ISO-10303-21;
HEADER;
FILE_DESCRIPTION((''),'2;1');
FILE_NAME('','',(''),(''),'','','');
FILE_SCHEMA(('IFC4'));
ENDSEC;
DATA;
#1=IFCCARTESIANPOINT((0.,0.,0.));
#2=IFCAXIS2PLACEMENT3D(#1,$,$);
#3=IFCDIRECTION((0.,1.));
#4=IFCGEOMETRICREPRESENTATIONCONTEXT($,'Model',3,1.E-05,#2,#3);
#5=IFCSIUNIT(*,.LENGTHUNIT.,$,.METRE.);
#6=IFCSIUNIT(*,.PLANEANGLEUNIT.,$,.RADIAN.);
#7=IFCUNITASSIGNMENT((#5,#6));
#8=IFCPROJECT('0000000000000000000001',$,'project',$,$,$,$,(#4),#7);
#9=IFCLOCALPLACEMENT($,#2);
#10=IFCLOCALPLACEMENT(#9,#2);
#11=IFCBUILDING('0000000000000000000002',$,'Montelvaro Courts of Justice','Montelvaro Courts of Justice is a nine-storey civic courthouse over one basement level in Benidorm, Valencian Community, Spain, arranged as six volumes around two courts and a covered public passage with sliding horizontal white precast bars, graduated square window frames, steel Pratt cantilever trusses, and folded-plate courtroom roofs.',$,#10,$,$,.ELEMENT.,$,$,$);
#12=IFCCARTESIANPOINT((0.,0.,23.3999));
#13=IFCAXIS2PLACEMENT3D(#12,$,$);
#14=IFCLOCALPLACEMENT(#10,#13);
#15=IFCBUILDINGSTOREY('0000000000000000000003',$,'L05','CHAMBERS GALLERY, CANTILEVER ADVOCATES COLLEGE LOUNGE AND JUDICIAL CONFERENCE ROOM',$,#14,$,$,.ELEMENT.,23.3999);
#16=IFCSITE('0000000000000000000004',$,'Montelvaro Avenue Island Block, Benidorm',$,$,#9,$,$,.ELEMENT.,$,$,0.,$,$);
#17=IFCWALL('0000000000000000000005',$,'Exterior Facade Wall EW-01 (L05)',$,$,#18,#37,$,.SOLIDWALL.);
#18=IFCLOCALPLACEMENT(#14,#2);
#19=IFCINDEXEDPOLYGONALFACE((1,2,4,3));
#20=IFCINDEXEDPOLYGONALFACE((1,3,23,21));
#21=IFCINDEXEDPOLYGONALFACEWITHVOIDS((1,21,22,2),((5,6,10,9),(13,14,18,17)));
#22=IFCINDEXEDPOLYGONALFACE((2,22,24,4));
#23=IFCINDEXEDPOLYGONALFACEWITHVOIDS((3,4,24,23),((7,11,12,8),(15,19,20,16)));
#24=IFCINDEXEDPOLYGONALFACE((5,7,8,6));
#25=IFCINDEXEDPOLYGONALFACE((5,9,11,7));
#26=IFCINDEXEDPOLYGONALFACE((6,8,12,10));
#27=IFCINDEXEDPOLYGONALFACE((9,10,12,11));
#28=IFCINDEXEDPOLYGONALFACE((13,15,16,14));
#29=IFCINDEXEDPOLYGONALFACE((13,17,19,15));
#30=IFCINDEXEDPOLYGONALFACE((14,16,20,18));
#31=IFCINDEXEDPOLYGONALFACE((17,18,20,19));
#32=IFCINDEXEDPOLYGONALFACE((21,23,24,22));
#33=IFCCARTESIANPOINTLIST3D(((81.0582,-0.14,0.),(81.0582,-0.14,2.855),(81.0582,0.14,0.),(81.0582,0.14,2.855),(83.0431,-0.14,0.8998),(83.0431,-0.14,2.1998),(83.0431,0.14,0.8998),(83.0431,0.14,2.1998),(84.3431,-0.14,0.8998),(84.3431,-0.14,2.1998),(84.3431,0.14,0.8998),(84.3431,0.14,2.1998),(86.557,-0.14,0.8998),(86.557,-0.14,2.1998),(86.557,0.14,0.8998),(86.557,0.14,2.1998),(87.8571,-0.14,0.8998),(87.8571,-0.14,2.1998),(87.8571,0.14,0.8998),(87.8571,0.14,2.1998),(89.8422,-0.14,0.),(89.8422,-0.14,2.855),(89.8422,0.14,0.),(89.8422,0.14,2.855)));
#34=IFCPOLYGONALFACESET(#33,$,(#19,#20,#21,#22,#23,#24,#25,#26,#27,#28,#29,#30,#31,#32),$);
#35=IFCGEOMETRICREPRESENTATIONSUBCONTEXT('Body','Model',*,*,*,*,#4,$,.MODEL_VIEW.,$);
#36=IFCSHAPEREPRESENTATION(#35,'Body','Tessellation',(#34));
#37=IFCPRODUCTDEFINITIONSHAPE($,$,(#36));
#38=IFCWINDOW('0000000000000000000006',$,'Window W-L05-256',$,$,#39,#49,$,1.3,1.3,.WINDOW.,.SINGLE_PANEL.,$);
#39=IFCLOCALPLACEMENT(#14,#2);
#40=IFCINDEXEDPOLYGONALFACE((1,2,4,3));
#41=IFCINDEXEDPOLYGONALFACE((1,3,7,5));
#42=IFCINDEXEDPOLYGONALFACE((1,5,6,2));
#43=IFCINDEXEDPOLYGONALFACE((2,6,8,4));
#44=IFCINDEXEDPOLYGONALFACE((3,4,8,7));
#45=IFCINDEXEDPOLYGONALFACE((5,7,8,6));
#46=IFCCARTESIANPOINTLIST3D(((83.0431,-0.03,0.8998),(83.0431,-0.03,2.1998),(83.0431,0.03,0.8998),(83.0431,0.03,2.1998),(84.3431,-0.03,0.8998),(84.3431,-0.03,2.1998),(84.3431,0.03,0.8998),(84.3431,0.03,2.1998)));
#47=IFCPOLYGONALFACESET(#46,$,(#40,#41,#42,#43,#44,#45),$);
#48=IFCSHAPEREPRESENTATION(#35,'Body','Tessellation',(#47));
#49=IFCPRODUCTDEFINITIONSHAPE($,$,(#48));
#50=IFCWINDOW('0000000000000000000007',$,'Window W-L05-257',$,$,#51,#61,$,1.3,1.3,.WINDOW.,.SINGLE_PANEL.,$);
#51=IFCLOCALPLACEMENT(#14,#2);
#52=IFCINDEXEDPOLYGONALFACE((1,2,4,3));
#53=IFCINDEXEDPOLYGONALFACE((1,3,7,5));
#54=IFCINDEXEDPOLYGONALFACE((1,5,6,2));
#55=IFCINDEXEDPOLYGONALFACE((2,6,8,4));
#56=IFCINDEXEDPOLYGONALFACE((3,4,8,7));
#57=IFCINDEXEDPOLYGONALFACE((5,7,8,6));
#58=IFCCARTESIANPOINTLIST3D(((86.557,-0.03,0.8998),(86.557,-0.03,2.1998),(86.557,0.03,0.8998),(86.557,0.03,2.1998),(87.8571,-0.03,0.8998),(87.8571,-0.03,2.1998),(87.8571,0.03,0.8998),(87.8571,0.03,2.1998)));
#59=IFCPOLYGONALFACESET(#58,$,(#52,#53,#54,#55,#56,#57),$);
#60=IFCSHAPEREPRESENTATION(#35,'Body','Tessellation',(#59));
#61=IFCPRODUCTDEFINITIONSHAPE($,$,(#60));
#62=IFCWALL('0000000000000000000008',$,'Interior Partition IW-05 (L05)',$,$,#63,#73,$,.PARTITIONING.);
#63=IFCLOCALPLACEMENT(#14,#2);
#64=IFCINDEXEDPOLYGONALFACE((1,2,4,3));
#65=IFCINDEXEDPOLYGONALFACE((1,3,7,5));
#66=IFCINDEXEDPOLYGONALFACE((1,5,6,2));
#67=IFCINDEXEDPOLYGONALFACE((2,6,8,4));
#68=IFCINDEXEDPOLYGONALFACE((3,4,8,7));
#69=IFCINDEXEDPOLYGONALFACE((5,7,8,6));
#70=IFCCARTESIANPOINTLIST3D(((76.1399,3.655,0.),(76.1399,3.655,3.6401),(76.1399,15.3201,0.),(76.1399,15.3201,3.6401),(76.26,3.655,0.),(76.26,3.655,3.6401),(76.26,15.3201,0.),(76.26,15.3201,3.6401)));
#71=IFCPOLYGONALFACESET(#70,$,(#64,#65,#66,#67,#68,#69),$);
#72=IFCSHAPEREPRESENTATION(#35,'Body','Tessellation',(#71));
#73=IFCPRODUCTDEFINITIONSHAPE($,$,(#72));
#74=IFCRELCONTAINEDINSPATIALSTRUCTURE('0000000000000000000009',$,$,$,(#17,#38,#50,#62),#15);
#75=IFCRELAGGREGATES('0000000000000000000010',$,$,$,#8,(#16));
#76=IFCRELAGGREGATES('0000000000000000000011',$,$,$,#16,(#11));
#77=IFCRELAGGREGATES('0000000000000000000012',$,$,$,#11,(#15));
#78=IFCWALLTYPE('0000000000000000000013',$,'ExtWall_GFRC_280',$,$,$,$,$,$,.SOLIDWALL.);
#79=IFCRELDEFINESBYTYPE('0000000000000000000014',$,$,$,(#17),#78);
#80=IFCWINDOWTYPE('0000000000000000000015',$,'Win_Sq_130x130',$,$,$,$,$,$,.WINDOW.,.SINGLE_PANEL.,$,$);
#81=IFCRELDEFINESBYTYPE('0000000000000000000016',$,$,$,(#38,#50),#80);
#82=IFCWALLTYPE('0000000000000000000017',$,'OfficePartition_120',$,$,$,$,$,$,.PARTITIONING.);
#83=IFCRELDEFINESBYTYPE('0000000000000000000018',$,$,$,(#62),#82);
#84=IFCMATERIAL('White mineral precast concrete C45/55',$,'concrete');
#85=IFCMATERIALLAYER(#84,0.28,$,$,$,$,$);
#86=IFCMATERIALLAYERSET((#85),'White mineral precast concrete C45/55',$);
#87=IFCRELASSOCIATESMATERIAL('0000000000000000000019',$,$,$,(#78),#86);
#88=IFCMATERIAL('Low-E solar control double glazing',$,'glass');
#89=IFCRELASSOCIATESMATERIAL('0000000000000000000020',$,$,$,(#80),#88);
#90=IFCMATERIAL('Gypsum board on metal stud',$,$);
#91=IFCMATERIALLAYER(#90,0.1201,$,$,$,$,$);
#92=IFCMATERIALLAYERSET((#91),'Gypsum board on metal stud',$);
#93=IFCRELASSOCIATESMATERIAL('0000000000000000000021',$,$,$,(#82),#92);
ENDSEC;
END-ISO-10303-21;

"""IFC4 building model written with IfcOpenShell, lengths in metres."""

from ifc_helpers import new_model, si_unit, direction, frame, frame_2d, origin, place, context, subcontext, project, spatial, rectangle, extrude, material, layer, layer_set, type_object, element, fill, save


model = new_model("IFC4")

# Units and contexts
model_context = context("Model", 3, precision=1e-05, world=origin(), true_north=direction((0.0, 1.0)))
body_context = subcontext(model_context, "Body", "Model", "MODEL_VIEW")
ifc_project = project(units=[si_unit("LENGTHUNIT", "METRE"), si_unit("PLANEANGLEUNIT", "RADIAN")], contexts=[model_context])

# Site, building, storey
site_placement = place(None, origin())
site = spatial("IfcSite", under=ifc_project, at=site_placement, Name="Montelvaro Avenue Island Block, Benidorm", CompositionType="ELEMENT", RefElevation=0.0)
building_placement = place(site_placement, origin())
building = spatial("IfcBuilding", under=site, at=building_placement, Name="Montelvaro Courts of Justice", Description="Montelvaro Courts of Justice is a nine-storey civic courthouse over one basement level in Benidorm, Valencian Community, Spain, arranged as six volumes around two courts and a covered public passage with sliding horizontal white precast bars, graduated square window frames, steel Pratt cantilever trusses, and folded-plate courtroom roofs.", CompositionType="ELEMENT")
storey_placement = place(building_placement, frame((0.0, 0.0, 23.3999)))
storey = spatial("IfcBuildingStorey", under=building, at=storey_placement, Name="L05", Description="CHAMBERS GALLERY, CANTILEVER ADVOCATES COLLEGE LOUNGE AND JUDICIAL CONFERENCE ROOM", CompositionType="ELEMENT", Elevation=23.3999)

# Shared definitions
ifc_material_1 = material(Name="White mineral precast concrete C45/55", Category="concrete")

# Wall, openings, windows
ifc_layer_1 = layer(ifc_material_1, 0.28)
ifc_layer_set_1 = layer_set([ifc_layer_1], Name="White mineral precast concrete C45/55")
wall_type_1 = type_object("IfcWallType", Name="ExtWall_GFRC_280", PredefinedType="SOLIDWALL", material=ifc_layer_set_1)
wall_1_placement = place(storey_placement, frame((81.0581, 0.0, 0.0), z_axis=(0.0, 0.0, 1.0), x_axis=(1.0, 0.0, 0.0)))
wall_1 = element("IfcWall", 1, at=wall_1_placement, inside=storey, type_object=wall_type_1, Name="Exterior Facade Wall EW-01 (L05)", PredefinedType="SOLIDWALL", context=body_context, shape_type="SweptSolid", body=[
    extrude(rectangle(XDim=8.7839, YDim=0.28, at=frame_2d((4.3921, 0.0))), origin(), (0.0, 0.0, 1.0), 2.855),
])
opening_1_placement = place(wall_1_placement, frame((1.9851, 0.0, 0.8999)))
opening_1 = element("IfcOpeningElement", 2, at=opening_1_placement, cuts=wall_1, PredefinedType="OPENING", context=body_context, shape_type="SweptSolid", body=[
    extrude(rectangle(XDim=1.3, YDim=1.3, at=frame_2d((0.6499, 0.6499))), frame((0.0, 0.1548, 0.0), z_axis=(0.0, -1.0, 0.0), x_axis=(1.0, 0.0, 0.0)), (0.0, 0.0, 1.0), 0.3098),
])
opening_2_placement = place(wall_1_placement, frame((5.499, 0.0, 0.8999)))
opening_2 = element("IfcOpeningElement", 3, at=opening_2_placement, cuts=wall_1, PredefinedType="OPENING", context=body_context, shape_type="SweptSolid", body=[
    extrude(rectangle(XDim=1.3, YDim=1.3, at=frame_2d((0.6499, 0.6499))), frame((0.0, 0.1548, 0.0), z_axis=(0.0, -1.0, 0.0), x_axis=(1.0, 0.0, 0.0)), (0.0, 0.0, 1.0), 0.3098),
])
ifc_material_2 = material(Name="Low-E solar control double glazing", Category="glass")
window_type = type_object("IfcWindowType", Name="Win_Sq_130x130", PartitioningType="SINGLE_PANEL", PredefinedType="WINDOW", material=ifc_material_2)
window_1_placement = place(opening_1_placement, origin())
window_1 = element("IfcWindow", 4, at=window_1_placement, inside=storey, type_object=window_type, Name="Window W-L05-256", OverallHeight=1.3, OverallWidth=1.3, PartitioningType="SINGLE_PANEL", PredefinedType="WINDOW", context=body_context, shape_type="SweptSolid", body=[
    extrude(rectangle(XDim=1.3, YDim=1.3, at=frame_2d((0.6499, 0.6499))), frame((0.0, 0.03, 0.0), z_axis=(0.0, -1.0, 0.0), x_axis=(1.0, 0.0, 0.0)), (0.0, 0.0, 1.0), 0.0601),
])
fill(opening_1, window_1)
window_2_placement = place(opening_2_placement, origin())
window_2 = element("IfcWindow", 5, at=window_2_placement, inside=storey, type_object=window_type, Name="Window W-L05-257", OverallHeight=1.3, OverallWidth=1.3, PartitioningType="SINGLE_PANEL", PredefinedType="WINDOW", context=body_context, shape_type="SweptSolid", body=[
    extrude(rectangle(XDim=1.3, YDim=1.3, at=frame_2d((0.6499, 0.6499))), frame((0.0, 0.03, 0.0), z_axis=(0.0, -1.0, 0.0), x_axis=(1.0, 0.0, 0.0)), (0.0, 0.0, 1.0), 0.0601),
])
fill(opening_2, window_2)

# Wall
ifc_material_3 = material(Name="Gypsum board on metal stud")
ifc_layer_2 = layer(ifc_material_3, 0.1201)
ifc_layer_set_2 = layer_set([ifc_layer_2], Name="Gypsum board on metal stud")
wall_type_2 = type_object("IfcWallType", Name="OfficePartition_120", PredefinedType="PARTITIONING", material=ifc_layer_set_2)
wall_2_placement = place(storey_placement, frame((76.2, 3.655, 0.0), z_axis=(0.0, 0.0, 1.0), x_axis=(0.0, 1.0, 0.0)))
element("IfcWall", 6, at=wall_2_placement, inside=storey, type_object=wall_type_2, Name="Interior Partition IW-05 (L05)", PredefinedType="PARTITIONING", context=body_context, shape_type="SweptSolid", body=[
    extrude(rectangle(XDim=11.665, YDim=0.1201, at=frame_2d((5.8325, 0.0))), origin(), (0.0, 0.0, 1.0), 3.6401),
])

save(model, "model.ifc")
